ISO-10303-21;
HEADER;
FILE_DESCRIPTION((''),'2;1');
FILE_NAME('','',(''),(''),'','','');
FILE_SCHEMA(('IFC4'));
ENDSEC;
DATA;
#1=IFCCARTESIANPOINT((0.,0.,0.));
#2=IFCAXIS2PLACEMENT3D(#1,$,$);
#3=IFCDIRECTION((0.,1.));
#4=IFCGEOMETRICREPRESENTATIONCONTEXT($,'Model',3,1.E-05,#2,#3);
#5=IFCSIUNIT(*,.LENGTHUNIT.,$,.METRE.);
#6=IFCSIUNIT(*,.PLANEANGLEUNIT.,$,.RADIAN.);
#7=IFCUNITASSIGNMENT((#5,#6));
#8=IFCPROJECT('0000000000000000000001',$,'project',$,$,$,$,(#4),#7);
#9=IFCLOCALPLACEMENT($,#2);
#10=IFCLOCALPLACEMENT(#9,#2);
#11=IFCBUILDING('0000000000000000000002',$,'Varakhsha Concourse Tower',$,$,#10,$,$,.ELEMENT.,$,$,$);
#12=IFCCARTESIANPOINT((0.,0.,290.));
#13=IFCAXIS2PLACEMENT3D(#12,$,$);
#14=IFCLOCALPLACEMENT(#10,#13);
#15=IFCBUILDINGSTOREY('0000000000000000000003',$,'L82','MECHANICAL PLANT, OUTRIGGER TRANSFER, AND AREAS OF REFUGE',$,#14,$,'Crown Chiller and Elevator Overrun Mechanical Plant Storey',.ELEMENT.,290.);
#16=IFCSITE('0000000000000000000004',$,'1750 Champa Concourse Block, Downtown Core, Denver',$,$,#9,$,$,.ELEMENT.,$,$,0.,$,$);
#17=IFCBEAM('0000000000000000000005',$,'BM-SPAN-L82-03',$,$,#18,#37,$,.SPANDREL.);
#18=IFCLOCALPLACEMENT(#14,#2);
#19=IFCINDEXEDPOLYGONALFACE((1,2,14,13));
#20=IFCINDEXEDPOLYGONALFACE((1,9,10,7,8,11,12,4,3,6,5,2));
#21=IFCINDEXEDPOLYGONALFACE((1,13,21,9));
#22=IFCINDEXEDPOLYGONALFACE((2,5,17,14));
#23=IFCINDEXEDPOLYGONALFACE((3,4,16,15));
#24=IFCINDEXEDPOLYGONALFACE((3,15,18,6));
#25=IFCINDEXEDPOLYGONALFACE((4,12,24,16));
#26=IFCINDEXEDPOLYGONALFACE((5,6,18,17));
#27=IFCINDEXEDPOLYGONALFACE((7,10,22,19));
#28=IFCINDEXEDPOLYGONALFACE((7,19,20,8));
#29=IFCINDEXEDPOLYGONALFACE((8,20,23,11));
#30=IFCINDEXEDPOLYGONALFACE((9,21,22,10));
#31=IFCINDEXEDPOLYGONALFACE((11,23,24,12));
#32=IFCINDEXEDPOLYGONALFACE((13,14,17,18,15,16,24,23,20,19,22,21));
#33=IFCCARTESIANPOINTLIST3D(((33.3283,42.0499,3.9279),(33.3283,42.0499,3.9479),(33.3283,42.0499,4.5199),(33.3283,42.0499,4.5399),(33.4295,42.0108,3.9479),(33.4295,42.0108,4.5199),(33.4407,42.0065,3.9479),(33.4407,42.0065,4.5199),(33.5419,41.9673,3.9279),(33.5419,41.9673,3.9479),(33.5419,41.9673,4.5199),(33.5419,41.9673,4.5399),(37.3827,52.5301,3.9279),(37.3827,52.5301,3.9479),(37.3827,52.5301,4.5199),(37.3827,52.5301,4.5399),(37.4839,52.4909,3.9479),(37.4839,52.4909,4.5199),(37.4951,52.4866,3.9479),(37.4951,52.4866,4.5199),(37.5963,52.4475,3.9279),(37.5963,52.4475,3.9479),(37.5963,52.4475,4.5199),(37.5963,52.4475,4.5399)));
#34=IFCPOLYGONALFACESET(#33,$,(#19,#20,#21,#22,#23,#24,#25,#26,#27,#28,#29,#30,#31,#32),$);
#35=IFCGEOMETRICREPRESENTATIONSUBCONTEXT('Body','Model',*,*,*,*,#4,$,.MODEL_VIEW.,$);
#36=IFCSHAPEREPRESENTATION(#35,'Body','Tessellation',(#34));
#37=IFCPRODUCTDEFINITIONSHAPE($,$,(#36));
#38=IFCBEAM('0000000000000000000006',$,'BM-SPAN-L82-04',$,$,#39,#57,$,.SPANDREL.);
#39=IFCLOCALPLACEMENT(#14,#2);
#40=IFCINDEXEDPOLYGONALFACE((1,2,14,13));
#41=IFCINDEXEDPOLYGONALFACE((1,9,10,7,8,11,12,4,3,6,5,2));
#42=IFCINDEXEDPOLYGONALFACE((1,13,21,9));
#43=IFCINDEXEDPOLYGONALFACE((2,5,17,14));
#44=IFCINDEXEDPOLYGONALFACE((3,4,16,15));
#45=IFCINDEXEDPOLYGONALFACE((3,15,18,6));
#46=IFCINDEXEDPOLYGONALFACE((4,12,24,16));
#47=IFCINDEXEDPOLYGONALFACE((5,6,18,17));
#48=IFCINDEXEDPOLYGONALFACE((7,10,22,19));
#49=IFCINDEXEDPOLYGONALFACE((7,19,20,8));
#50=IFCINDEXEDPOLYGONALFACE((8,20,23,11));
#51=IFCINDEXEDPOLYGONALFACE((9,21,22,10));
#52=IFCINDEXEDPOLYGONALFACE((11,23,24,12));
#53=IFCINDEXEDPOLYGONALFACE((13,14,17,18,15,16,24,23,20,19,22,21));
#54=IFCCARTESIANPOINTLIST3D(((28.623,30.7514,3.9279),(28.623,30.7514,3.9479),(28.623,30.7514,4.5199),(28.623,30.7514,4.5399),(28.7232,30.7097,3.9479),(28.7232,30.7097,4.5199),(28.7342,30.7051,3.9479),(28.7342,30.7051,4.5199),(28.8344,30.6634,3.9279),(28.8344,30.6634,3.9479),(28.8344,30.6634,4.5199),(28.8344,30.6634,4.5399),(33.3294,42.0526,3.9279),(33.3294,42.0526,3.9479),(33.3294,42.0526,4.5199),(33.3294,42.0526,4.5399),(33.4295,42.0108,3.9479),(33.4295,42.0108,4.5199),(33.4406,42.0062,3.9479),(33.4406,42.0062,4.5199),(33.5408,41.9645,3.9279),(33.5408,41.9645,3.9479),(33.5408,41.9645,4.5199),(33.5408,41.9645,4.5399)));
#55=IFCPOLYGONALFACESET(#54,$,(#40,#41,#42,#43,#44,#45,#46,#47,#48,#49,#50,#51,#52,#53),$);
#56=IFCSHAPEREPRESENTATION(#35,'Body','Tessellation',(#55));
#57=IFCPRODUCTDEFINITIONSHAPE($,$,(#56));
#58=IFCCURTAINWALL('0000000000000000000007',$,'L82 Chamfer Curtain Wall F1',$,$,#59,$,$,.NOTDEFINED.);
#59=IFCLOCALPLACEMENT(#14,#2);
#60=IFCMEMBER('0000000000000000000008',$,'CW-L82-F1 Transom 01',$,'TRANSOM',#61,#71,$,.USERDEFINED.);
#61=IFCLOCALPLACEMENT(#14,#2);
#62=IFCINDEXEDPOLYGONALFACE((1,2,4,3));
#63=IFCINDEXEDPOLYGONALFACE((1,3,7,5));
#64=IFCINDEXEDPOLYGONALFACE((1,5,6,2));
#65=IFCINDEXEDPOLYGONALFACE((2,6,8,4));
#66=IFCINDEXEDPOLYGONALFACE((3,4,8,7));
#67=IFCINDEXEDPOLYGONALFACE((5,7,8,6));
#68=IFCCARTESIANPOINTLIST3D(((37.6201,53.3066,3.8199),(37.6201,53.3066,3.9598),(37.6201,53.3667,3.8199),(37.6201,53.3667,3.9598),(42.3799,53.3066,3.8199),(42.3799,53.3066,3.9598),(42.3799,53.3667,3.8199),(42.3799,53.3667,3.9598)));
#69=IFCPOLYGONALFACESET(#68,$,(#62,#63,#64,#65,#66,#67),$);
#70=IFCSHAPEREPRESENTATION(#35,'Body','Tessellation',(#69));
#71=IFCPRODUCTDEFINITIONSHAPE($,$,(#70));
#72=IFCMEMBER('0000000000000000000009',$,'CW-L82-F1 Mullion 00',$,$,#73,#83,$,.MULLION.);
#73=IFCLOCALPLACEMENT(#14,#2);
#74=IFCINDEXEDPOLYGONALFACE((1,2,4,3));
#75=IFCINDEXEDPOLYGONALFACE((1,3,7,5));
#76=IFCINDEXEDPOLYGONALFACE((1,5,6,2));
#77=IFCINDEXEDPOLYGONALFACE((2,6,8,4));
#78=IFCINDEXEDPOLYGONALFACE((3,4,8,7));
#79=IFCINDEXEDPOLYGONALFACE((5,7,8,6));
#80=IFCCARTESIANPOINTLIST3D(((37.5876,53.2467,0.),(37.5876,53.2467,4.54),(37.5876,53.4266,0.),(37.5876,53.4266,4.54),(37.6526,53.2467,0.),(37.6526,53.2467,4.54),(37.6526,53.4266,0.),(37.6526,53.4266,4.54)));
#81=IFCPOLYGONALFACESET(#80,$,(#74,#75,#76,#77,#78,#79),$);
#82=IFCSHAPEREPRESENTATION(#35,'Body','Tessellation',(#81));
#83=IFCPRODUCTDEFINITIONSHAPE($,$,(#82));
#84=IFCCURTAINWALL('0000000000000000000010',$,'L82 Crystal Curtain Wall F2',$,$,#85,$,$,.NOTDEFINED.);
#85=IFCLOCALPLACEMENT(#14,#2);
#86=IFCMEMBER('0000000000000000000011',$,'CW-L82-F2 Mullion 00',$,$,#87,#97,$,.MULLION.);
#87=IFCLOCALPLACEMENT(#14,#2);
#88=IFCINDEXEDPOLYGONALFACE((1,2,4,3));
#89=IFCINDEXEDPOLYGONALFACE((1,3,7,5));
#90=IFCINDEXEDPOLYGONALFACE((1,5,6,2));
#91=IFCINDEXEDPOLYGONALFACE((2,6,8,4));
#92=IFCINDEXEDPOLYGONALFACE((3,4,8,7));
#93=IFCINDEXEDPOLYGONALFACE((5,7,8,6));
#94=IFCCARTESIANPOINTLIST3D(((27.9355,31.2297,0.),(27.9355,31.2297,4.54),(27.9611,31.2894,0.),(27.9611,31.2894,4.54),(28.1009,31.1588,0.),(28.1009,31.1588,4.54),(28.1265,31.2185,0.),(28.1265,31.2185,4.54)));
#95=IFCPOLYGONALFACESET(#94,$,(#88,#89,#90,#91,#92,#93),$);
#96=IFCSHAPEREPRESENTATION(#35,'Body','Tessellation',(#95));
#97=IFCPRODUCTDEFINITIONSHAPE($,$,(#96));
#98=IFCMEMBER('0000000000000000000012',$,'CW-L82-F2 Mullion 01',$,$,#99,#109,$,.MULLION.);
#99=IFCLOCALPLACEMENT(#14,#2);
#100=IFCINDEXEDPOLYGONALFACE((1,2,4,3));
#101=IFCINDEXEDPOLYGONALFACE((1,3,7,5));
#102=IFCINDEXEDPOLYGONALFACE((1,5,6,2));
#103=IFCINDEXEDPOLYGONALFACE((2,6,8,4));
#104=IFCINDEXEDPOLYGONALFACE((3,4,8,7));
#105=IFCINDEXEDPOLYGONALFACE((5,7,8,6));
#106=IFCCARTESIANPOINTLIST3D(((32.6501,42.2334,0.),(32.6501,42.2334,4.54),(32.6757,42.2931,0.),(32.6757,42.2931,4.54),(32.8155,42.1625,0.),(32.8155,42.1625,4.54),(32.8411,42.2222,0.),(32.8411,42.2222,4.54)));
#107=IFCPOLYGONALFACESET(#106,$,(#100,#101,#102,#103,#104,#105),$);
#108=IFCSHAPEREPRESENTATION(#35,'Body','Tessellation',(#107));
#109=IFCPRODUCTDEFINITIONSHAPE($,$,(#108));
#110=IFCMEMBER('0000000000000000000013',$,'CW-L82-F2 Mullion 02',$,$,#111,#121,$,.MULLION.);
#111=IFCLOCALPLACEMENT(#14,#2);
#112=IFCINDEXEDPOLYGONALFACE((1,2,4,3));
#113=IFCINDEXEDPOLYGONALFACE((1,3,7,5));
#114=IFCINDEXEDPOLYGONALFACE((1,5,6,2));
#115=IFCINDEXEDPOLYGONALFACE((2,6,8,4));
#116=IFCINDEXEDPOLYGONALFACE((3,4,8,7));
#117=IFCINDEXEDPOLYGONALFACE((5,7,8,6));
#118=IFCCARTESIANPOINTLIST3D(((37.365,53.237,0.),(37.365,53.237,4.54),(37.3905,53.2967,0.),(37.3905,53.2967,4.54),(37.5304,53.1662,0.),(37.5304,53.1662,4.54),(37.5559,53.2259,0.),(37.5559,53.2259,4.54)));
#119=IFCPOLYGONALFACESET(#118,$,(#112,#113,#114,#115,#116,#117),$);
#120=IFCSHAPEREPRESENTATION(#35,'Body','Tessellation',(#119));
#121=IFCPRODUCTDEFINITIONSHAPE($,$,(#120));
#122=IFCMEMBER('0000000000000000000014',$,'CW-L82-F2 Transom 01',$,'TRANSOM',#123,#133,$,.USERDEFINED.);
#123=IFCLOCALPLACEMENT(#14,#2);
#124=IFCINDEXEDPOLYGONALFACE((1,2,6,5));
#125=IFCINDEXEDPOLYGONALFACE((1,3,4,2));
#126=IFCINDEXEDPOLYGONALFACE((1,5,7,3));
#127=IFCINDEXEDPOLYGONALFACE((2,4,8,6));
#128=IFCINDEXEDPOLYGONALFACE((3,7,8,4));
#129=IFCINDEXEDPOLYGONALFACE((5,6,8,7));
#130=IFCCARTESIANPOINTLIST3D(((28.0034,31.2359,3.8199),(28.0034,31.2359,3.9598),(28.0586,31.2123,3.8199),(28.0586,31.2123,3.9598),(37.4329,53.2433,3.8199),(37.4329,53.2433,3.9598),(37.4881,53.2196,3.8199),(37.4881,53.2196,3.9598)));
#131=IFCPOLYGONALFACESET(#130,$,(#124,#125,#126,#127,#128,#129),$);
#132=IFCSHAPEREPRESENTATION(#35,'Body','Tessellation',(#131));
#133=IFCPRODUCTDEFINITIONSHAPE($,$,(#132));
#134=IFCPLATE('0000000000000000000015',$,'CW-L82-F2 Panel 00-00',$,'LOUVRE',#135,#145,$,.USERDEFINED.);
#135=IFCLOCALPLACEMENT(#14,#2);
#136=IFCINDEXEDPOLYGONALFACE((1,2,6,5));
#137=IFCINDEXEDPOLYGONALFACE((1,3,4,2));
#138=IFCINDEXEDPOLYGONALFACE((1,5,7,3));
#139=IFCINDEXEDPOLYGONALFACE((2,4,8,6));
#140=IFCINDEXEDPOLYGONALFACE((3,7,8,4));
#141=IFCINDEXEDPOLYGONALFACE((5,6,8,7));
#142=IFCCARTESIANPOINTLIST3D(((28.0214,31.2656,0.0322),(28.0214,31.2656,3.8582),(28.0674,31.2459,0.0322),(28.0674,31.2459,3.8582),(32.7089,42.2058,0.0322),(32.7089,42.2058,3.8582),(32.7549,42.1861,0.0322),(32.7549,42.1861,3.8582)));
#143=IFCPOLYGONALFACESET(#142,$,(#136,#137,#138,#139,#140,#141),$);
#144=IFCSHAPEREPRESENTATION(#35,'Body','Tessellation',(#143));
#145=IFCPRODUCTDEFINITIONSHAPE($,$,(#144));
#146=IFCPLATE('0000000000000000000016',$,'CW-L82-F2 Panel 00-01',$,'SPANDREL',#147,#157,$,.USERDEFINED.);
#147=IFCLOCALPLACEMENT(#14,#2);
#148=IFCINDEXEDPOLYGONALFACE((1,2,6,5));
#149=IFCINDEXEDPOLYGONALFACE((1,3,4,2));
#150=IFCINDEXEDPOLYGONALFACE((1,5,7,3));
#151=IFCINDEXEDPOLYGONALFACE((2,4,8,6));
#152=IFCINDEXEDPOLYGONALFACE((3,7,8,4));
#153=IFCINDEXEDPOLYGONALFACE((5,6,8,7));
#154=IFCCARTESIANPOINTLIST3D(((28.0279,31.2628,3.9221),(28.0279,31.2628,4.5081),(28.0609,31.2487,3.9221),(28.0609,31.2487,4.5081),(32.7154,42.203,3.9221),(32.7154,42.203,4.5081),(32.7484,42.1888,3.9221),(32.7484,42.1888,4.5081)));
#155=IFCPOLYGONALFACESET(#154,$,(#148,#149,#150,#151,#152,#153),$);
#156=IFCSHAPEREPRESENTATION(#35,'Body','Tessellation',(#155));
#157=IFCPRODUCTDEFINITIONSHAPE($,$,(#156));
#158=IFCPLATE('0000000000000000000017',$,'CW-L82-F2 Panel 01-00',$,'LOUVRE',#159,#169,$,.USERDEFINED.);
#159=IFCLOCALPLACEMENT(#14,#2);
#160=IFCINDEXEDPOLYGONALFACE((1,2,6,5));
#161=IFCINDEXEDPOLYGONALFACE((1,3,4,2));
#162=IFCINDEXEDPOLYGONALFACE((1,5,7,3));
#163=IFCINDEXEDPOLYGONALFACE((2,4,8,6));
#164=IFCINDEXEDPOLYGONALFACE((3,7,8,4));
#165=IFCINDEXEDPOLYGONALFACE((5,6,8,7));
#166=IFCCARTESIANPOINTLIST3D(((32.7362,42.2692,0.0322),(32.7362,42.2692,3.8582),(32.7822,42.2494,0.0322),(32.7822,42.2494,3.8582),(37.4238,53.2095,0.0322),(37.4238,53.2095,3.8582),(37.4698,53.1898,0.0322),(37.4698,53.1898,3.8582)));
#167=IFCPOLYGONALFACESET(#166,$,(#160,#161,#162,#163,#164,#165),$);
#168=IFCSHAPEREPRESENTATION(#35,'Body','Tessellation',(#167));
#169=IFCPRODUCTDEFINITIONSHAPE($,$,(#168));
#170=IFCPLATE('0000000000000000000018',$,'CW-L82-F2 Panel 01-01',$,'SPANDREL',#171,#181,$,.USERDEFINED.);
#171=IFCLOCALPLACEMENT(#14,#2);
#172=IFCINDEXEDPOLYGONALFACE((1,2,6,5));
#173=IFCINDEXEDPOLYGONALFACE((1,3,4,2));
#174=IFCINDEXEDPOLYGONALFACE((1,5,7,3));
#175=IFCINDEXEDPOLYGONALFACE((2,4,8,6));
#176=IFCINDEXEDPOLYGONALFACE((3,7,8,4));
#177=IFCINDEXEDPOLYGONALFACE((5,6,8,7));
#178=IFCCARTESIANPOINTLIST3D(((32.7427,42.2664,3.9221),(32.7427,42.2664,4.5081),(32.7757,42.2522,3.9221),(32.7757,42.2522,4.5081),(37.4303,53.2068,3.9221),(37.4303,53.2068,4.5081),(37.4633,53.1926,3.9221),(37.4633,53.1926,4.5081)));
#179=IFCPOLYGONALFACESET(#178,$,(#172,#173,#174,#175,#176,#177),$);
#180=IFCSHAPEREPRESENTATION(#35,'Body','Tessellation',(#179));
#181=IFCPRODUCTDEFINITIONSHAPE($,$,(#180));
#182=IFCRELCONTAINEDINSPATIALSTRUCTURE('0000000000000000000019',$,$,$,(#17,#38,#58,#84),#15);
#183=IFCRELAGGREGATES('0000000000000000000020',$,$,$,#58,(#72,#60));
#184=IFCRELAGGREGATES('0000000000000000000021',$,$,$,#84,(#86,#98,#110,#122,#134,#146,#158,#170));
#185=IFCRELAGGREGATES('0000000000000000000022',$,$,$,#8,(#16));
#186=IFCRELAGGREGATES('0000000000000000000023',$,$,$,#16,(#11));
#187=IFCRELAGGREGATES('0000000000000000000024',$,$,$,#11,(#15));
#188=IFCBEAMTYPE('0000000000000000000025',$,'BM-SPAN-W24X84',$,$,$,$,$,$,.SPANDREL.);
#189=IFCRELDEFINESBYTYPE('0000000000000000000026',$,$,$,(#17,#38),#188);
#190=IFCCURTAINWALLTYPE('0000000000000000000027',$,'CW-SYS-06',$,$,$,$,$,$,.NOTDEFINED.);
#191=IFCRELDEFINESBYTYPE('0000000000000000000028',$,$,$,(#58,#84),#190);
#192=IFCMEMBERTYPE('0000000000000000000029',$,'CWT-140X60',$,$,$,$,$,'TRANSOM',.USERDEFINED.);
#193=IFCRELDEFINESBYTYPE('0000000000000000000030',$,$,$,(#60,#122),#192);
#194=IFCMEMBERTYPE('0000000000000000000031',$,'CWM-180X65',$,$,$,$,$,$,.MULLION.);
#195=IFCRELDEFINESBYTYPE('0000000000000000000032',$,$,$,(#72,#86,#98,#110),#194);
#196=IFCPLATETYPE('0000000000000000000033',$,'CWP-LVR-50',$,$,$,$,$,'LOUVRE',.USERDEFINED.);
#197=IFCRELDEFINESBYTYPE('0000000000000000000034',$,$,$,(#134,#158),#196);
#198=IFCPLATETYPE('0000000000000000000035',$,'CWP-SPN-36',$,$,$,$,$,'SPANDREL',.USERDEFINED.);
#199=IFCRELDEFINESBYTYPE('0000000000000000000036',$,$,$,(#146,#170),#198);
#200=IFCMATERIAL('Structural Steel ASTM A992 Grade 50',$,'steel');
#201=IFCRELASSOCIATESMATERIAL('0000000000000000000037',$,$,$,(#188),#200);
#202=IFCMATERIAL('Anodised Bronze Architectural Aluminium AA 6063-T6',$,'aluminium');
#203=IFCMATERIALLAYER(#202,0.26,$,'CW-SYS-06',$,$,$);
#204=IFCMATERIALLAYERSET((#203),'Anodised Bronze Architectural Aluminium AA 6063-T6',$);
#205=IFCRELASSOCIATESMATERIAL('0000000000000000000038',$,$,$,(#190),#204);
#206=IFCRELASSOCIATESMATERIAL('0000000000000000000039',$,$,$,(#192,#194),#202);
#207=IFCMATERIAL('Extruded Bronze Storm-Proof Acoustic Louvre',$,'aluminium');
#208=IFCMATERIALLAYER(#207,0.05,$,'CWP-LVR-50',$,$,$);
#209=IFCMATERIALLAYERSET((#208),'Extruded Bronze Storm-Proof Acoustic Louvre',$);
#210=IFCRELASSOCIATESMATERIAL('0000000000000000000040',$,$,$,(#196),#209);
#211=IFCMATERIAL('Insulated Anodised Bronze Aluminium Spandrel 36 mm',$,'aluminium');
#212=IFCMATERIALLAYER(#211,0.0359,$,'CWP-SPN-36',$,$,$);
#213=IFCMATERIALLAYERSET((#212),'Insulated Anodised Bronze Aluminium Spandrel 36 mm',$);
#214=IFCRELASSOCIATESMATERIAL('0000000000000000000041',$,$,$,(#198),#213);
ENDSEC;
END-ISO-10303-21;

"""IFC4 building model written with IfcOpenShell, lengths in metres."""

from ifc_helpers import new_model, si_unit, direction, frame, origin, origin_2d, place, context, subcontext, project, spatial, rectangle, i_section, extrude, source, transform, mapped, material, layer, layer_set, material_profile, profile_set, type_object, type_shapes, element, aggregate, save


model = new_model("IFC4")

# Units and contexts
model_context = context("Model", 3, precision=1e-05, world=origin(), true_north=direction((0.0, 1.0)))
body_context = subcontext(model_context, "Body", "Model", "MODEL_VIEW")
ifc_project = project(units=[si_unit("LENGTHUNIT", "METRE"), si_unit("PLANEANGLEUNIT", "RADIAN")], contexts=[model_context])

# Site, building, storey
site_placement = place(None, origin())
site = spatial("IfcSite", under=ifc_project, at=site_placement, Name="1750 Champa Concourse Block, Downtown Core, Denver", CompositionType="ELEMENT", RefElevation=0.0)
building_placement = place(site_placement, origin())
building = spatial("IfcBuilding", under=site, at=building_placement, Name="Varakhsha Concourse Tower", CompositionType="ELEMENT")
storey_placement = place(building_placement, frame((0.0, 0.0, 290.0)))
storey = spatial("IfcBuildingStorey", under=building, at=storey_placement, Name="L82", Description="MECHANICAL PLANT, OUTRIGGER TRANSFER, AND AREAS OF REFUGE", LongName="Crown Chiller and Elevator Overrun Mechanical Plant Storey", CompositionType="ELEMENT", Elevation=290.0)

# Shared definitions
ifc_material_1 = material(Name="Structural Steel ASTM A992 Grade 50", Category="steel")

# Beams
ifc_material_profile_1 = material_profile(ifc_material_1, i_section(OverallWidth=0.229, OverallDepth=0.6121, WebThickness=0.012, FlangeThickness=0.02, at=origin_2d()), Name="W24X84")
ifc_profile_set_1 = profile_set([ifc_material_profile_1], Name="Structural Steel ASTM A992 Grade 50")
beam_type_1 = type_object("IfcBeamType", Name="BM-SPAN-W24X84", PredefinedType="SPANDREL", material=ifc_profile_set_1)
beam_1_placement = place(storey_placement, frame((37.4895, 52.4888, 4.2339), z_axis=(-0.360807, -0.932641, 0.0), x_axis=(0.932641, -0.360807, 0.0)))
element("IfcBeam", 1, at=beam_1_placement, inside=storey, type_object=beam_type_1, Name="BM-SPAN-L82-03", PredefinedType="SPANDREL", context=body_context, shape_type="SweptSolid", body=[
    extrude(i_section(OverallWidth=0.229, OverallDepth=0.6121, WebThickness=0.012, FlangeThickness=0.02, at=origin_2d()), origin(), (0.0, 0.0, 1.0), 11.2371),
])
beam_2_placement = place(storey_placement, frame((33.4351, 42.0085, 4.2339), z_axis=(-0.384444, -0.923148, 0.0), x_axis=(0.923148, -0.384444, 0.0)))
element("IfcBeam", 2, at=beam_2_placement, inside=storey, type_object=beam_type_1, Name="BM-SPAN-L82-04", PredefinedType="SPANDREL", context=body_context, shape_type="SweptSolid", body=[
    extrude(i_section(OverallWidth=0.229, OverallDepth=0.6121, WebThickness=0.012, FlangeThickness=0.02, at=origin_2d()), origin(), (0.0, 0.0, 1.0), 12.2419),
])

# Curtain wall, members
ifc_material_2 = material(Name="Anodised Bronze Architectural Aluminium AA 6063-T6", Category="aluminium")
ifc_layer_1 = layer(ifc_material_2, 0.26, Name="CW-SYS-06")
ifc_layer_set_1 = layer_set([ifc_layer_1], Name="Anodised Bronze Architectural Aluminium AA 6063-T6")
curtain_wall_type = type_object("IfcCurtainWallType", Name="CW-SYS-06", PredefinedType="NOTDEFINED", material=ifc_layer_set_1)
curtain_wall_1_placement = place(storey_placement, origin())
curtain_wall_1 = element("IfcCurtainWall", 3, at=curtain_wall_1_placement, inside=storey, type_object=curtain_wall_type, Name="L82 Chamfer Curtain Wall F1", PredefinedType="NOTDEFINED")
ifc_material_profile_2 = material_profile(ifc_material_2, rectangle(XDim=0.0601, YDim=0.1399, at=origin_2d()), Name="CWT-140X60")
ifc_profile_set_2 = profile_set([ifc_material_profile_2], Name="Anodised Bronze Architectural Aluminium AA 6063-T6")
member_type_1 = type_object("IfcMemberType", Name="CWT-140X60", ElementType="TRANSOM", PredefinedType="USERDEFINED", material=ifc_profile_set_2)
shared_shape_1 = source(origin(), body_context, "Body", "SweptSolid", [
    extrude(rectangle(XDim=0.0601, YDim=0.1399, at=origin_2d()), origin(), (0.0, 0.0, 1.0), 4.7598),
])
member_1_placement = place(storey_placement, frame((37.6201, 53.3367, 3.8899), z_axis=(1.0, 0.0, 0.0), x_axis=(0.0, 1.0, 0.0)))
member_1 = element("IfcMember", 4, at=member_1_placement, type_object=member_type_1, Name="CW-L82-F1 Transom 01", ObjectType="TRANSOM", PredefinedType="USERDEFINED", context=body_context, shape_type="MappedRepresentation", body=[
    mapped(shared_shape_1, transform((0.0, 0.0, 0.0), scale=1.0)),
])
ifc_material_profile_3 = material_profile(ifc_material_2, rectangle(XDim=0.0649, YDim=0.1799, at=origin_2d()), Name="CWM-180X65")
ifc_profile_set_3 = profile_set([ifc_material_profile_3], Name="Anodised Bronze Architectural Aluminium AA 6063-T6")
member_type_2 = type_object("IfcMemberType", Name="CWM-180X65", PredefinedType="MULLION", material=ifc_profile_set_3)
shared_shape_2 = source(origin(), body_context, "Body", "SweptSolid", [
    extrude(rectangle(XDim=0.0649, YDim=0.1799, at=origin_2d()), origin(), (0.0, 0.0, 1.0), 4.54),
])
type_shapes(member_type_2, [shared_shape_2])
member_2_placement = place(storey_placement, frame((37.6201, 53.3367, 0.0), z_axis=(0.0, 0.0, 1.0), x_axis=(1.0, 0.0, 0.0)))
member_2 = element("IfcMember", 5, at=member_2_placement, type_object=member_type_2, Name="CW-L82-F1 Mullion 00", PredefinedType="MULLION", context=body_context, shape_type="MappedRepresentation", body=[
    mapped(shared_shape_2, transform((0.0, 0.0, 0.0), scale=1.0)),
])
aggregate(curtain_wall_1, [member_2, member_1])

# Curtain wall, members, plates
curtain_wall_2_placement = place(storey_placement, origin())
curtain_wall_2 = element("IfcCurtainWall", 6, at=curtain_wall_2_placement, inside=storey, type_object=curtain_wall_type, Name="L82 Crystal Curtain Wall F2", PredefinedType="NOTDEFINED")
member_3_placement = place(storey_placement, frame((28.031, 31.2241, 0.0), z_axis=(0.0, 0.0, 1.0), x_axis=(0.393839, 0.919179, 0.0)))
member_3 = element("IfcMember", 7, at=member_3_placement, type_object=member_type_2, Name="CW-L82-F2 Mullion 00", PredefinedType="MULLION", context=body_context, shape_type="MappedRepresentation", body=[
    mapped(shared_shape_2, transform((0.0, 0.0, 0.0), scale=1.0)),
])
member_4_placement = place(storey_placement, frame((32.7456, 42.2278, 0.0), z_axis=(0.0, 0.0, 1.0), x_axis=(0.393839, 0.919179, 0.0)))
member_4 = element("IfcMember", 8, at=member_4_placement, type_object=member_type_2, Name="CW-L82-F2 Mullion 01", PredefinedType="MULLION", context=body_context, shape_type="MappedRepresentation", body=[
    mapped(shared_shape_2, transform((0.0, 0.0, 0.0), scale=1.0)),
])
member_5_placement = place(storey_placement, frame((37.4604, 53.2314, 0.0), z_axis=(0.0, 0.0, 1.0), x_axis=(0.393839, 0.919179, 0.0)))
member_5 = element("IfcMember", 9, at=member_5_placement, type_object=member_type_2, Name="CW-L82-F2 Mullion 02", PredefinedType="MULLION", context=body_context, shape_type="MappedRepresentation", body=[
    mapped(shared_shape_2, transform((0.0, 0.0, 0.0), scale=1.0)),
])
shared_shape_3 = source(origin(), body_context, "Body", "SweptSolid", [
    extrude(rectangle(XDim=0.0601, YDim=0.1399, at=origin_2d()), origin(), (0.0, 0.0, 1.0), 23.9424),
])
type_shapes(member_type_1, [shared_shape_1, shared_shape_3])
member_6_placement = place(storey_placement, frame((28.031, 31.2241, 3.8899), z_axis=(0.393839, 0.919179, 0.0), x_axis=(-0.919179, 0.393839, 0.0)))
member_6 = element("IfcMember", 10, at=member_6_placement, type_object=member_type_1, Name="CW-L82-F2 Transom 01", ObjectType="TRANSOM", PredefinedType="USERDEFINED", context=body_context, shape_type="MappedRepresentation", body=[
    mapped(shared_shape_3, transform((0.0, 0.0, 0.0), scale=1.0)),
])
ifc_material_3 = material(Name="Extruded Bronze Storm-Proof Acoustic Louvre", Category="aluminium")
ifc_layer_2 = layer(ifc_material_3, 0.05, Name="CWP-LVR-50")
ifc_layer_set_2 = layer_set([ifc_layer_2], Name="Extruded Bronze Storm-Proof Acoustic Louvre")
plate_type_1 = type_object("IfcPlateType", Name="CWP-LVR-50", ElementType="LOUVRE", PredefinedType="USERDEFINED", material=ifc_layer_set_2)
shared_shape_4 = source(origin(), body_context, "Body", "SweptSolid", [
    extrude(rectangle(XDim=11.9021, YDim=0.05, at=origin_2d()), origin(), (0.0, 0.0, 1.0), 3.8259),
])
plate_1_placement = place(storey_placement, frame((30.3882, 36.7258, 0.0322), z_axis=(0.0, 0.0, 1.0), x_axis=(0.393839, 0.919179, 0.0)))
plate_1 = element("IfcPlate", 11, at=plate_1_placement, type_object=plate_type_1, Name="CW-L82-F2 Panel 00-00", ObjectType="LOUVRE", PredefinedType="USERDEFINED", context=body_context, shape_type="MappedRepresentation", body=[
    mapped(shared_shape_4, transform((0.0, 0.0, 0.0), scale=1.0)),
])
ifc_material_4 = material(Name="Insulated Anodised Bronze Aluminium Spandrel 36 mm", Category="aluminium")
ifc_layer_3 = layer(ifc_material_4, 0.0359, Name="CWP-SPN-36")
ifc_layer_set_3 = layer_set([ifc_layer_3], Name="Insulated Anodised Bronze Aluminium Spandrel 36 mm")
plate_type_2 = type_object("IfcPlateType", Name="CWP-SPN-36", ElementType="SPANDREL", PredefinedType="USERDEFINED", material=ifc_layer_set_3)
shared_shape_5 = source(origin(), body_context, "Body", "SweptSolid", [
    extrude(rectangle(XDim=11.9021, YDim=0.0359, at=origin_2d()), origin(), (0.0, 0.0, 1.0), 0.5859),
])
plate_2_placement = place(storey_placement, frame((30.3882, 36.7258, 3.9221), z_axis=(0.0, 0.0, 1.0), x_axis=(0.393839, 0.919179, 0.0)))
plate_2 = element("IfcPlate", 12, at=plate_2_placement, type_object=plate_type_2, Name="CW-L82-F2 Panel 00-01", ObjectType="SPANDREL", PredefinedType="USERDEFINED", context=body_context, shape_type="MappedRepresentation", body=[
    mapped(shared_shape_5, transform((0.0, 0.0, 0.0), scale=1.0)),
])
shared_shape_6 = source(origin(), body_context, "Body", "SweptSolid", [
    extrude(rectangle(XDim=11.9023, YDim=0.05, at=origin_2d()), origin(), (0.0, 0.0, 1.0), 3.8259),
])
type_shapes(plate_type_1, [shared_shape_4, shared_shape_6])
plate_3_placement = place(storey_placement, frame((35.103, 47.7295, 0.0322), z_axis=(0.0, 0.0, 1.0), x_axis=(0.393839, 0.919179, 0.0)))
plate_3 = element("IfcPlate", 13, at=plate_3_placement, type_object=plate_type_1, Name="CW-L82-F2 Panel 01-00", ObjectType="LOUVRE", PredefinedType="USERDEFINED", context=body_context, shape_type="MappedRepresentation", body=[
    mapped(shared_shape_6, transform((0.0, 0.0, 0.0), scale=1.0)),
])
shared_shape_7 = source(origin(), body_context, "Body", "SweptSolid", [
    extrude(rectangle(XDim=11.9023, YDim=0.0359, at=origin_2d()), origin(), (0.0, 0.0, 1.0), 0.5859),
])
type_shapes(plate_type_2, [shared_shape_5, shared_shape_7])
plate_4_placement = place(storey_placement, frame((35.103, 47.7295, 3.9221), z_axis=(0.0, 0.0, 1.0), x_axis=(0.393839, 0.919179, 0.0)))
plate_4 = element("IfcPlate", 14, at=plate_4_placement, type_object=plate_type_2, Name="CW-L82-F2 Panel 01-01", ObjectType="SPANDREL", PredefinedType="USERDEFINED", context=body_context, shape_type="MappedRepresentation", body=[
    mapped(shared_shape_7, transform((0.0, 0.0, 0.0), scale=1.0)),
])
aggregate(curtain_wall_2, [member_3, member_4, member_5, member_6, plate_1, plate_2, plate_3, plate_4])

save(model, "model.ifc")
